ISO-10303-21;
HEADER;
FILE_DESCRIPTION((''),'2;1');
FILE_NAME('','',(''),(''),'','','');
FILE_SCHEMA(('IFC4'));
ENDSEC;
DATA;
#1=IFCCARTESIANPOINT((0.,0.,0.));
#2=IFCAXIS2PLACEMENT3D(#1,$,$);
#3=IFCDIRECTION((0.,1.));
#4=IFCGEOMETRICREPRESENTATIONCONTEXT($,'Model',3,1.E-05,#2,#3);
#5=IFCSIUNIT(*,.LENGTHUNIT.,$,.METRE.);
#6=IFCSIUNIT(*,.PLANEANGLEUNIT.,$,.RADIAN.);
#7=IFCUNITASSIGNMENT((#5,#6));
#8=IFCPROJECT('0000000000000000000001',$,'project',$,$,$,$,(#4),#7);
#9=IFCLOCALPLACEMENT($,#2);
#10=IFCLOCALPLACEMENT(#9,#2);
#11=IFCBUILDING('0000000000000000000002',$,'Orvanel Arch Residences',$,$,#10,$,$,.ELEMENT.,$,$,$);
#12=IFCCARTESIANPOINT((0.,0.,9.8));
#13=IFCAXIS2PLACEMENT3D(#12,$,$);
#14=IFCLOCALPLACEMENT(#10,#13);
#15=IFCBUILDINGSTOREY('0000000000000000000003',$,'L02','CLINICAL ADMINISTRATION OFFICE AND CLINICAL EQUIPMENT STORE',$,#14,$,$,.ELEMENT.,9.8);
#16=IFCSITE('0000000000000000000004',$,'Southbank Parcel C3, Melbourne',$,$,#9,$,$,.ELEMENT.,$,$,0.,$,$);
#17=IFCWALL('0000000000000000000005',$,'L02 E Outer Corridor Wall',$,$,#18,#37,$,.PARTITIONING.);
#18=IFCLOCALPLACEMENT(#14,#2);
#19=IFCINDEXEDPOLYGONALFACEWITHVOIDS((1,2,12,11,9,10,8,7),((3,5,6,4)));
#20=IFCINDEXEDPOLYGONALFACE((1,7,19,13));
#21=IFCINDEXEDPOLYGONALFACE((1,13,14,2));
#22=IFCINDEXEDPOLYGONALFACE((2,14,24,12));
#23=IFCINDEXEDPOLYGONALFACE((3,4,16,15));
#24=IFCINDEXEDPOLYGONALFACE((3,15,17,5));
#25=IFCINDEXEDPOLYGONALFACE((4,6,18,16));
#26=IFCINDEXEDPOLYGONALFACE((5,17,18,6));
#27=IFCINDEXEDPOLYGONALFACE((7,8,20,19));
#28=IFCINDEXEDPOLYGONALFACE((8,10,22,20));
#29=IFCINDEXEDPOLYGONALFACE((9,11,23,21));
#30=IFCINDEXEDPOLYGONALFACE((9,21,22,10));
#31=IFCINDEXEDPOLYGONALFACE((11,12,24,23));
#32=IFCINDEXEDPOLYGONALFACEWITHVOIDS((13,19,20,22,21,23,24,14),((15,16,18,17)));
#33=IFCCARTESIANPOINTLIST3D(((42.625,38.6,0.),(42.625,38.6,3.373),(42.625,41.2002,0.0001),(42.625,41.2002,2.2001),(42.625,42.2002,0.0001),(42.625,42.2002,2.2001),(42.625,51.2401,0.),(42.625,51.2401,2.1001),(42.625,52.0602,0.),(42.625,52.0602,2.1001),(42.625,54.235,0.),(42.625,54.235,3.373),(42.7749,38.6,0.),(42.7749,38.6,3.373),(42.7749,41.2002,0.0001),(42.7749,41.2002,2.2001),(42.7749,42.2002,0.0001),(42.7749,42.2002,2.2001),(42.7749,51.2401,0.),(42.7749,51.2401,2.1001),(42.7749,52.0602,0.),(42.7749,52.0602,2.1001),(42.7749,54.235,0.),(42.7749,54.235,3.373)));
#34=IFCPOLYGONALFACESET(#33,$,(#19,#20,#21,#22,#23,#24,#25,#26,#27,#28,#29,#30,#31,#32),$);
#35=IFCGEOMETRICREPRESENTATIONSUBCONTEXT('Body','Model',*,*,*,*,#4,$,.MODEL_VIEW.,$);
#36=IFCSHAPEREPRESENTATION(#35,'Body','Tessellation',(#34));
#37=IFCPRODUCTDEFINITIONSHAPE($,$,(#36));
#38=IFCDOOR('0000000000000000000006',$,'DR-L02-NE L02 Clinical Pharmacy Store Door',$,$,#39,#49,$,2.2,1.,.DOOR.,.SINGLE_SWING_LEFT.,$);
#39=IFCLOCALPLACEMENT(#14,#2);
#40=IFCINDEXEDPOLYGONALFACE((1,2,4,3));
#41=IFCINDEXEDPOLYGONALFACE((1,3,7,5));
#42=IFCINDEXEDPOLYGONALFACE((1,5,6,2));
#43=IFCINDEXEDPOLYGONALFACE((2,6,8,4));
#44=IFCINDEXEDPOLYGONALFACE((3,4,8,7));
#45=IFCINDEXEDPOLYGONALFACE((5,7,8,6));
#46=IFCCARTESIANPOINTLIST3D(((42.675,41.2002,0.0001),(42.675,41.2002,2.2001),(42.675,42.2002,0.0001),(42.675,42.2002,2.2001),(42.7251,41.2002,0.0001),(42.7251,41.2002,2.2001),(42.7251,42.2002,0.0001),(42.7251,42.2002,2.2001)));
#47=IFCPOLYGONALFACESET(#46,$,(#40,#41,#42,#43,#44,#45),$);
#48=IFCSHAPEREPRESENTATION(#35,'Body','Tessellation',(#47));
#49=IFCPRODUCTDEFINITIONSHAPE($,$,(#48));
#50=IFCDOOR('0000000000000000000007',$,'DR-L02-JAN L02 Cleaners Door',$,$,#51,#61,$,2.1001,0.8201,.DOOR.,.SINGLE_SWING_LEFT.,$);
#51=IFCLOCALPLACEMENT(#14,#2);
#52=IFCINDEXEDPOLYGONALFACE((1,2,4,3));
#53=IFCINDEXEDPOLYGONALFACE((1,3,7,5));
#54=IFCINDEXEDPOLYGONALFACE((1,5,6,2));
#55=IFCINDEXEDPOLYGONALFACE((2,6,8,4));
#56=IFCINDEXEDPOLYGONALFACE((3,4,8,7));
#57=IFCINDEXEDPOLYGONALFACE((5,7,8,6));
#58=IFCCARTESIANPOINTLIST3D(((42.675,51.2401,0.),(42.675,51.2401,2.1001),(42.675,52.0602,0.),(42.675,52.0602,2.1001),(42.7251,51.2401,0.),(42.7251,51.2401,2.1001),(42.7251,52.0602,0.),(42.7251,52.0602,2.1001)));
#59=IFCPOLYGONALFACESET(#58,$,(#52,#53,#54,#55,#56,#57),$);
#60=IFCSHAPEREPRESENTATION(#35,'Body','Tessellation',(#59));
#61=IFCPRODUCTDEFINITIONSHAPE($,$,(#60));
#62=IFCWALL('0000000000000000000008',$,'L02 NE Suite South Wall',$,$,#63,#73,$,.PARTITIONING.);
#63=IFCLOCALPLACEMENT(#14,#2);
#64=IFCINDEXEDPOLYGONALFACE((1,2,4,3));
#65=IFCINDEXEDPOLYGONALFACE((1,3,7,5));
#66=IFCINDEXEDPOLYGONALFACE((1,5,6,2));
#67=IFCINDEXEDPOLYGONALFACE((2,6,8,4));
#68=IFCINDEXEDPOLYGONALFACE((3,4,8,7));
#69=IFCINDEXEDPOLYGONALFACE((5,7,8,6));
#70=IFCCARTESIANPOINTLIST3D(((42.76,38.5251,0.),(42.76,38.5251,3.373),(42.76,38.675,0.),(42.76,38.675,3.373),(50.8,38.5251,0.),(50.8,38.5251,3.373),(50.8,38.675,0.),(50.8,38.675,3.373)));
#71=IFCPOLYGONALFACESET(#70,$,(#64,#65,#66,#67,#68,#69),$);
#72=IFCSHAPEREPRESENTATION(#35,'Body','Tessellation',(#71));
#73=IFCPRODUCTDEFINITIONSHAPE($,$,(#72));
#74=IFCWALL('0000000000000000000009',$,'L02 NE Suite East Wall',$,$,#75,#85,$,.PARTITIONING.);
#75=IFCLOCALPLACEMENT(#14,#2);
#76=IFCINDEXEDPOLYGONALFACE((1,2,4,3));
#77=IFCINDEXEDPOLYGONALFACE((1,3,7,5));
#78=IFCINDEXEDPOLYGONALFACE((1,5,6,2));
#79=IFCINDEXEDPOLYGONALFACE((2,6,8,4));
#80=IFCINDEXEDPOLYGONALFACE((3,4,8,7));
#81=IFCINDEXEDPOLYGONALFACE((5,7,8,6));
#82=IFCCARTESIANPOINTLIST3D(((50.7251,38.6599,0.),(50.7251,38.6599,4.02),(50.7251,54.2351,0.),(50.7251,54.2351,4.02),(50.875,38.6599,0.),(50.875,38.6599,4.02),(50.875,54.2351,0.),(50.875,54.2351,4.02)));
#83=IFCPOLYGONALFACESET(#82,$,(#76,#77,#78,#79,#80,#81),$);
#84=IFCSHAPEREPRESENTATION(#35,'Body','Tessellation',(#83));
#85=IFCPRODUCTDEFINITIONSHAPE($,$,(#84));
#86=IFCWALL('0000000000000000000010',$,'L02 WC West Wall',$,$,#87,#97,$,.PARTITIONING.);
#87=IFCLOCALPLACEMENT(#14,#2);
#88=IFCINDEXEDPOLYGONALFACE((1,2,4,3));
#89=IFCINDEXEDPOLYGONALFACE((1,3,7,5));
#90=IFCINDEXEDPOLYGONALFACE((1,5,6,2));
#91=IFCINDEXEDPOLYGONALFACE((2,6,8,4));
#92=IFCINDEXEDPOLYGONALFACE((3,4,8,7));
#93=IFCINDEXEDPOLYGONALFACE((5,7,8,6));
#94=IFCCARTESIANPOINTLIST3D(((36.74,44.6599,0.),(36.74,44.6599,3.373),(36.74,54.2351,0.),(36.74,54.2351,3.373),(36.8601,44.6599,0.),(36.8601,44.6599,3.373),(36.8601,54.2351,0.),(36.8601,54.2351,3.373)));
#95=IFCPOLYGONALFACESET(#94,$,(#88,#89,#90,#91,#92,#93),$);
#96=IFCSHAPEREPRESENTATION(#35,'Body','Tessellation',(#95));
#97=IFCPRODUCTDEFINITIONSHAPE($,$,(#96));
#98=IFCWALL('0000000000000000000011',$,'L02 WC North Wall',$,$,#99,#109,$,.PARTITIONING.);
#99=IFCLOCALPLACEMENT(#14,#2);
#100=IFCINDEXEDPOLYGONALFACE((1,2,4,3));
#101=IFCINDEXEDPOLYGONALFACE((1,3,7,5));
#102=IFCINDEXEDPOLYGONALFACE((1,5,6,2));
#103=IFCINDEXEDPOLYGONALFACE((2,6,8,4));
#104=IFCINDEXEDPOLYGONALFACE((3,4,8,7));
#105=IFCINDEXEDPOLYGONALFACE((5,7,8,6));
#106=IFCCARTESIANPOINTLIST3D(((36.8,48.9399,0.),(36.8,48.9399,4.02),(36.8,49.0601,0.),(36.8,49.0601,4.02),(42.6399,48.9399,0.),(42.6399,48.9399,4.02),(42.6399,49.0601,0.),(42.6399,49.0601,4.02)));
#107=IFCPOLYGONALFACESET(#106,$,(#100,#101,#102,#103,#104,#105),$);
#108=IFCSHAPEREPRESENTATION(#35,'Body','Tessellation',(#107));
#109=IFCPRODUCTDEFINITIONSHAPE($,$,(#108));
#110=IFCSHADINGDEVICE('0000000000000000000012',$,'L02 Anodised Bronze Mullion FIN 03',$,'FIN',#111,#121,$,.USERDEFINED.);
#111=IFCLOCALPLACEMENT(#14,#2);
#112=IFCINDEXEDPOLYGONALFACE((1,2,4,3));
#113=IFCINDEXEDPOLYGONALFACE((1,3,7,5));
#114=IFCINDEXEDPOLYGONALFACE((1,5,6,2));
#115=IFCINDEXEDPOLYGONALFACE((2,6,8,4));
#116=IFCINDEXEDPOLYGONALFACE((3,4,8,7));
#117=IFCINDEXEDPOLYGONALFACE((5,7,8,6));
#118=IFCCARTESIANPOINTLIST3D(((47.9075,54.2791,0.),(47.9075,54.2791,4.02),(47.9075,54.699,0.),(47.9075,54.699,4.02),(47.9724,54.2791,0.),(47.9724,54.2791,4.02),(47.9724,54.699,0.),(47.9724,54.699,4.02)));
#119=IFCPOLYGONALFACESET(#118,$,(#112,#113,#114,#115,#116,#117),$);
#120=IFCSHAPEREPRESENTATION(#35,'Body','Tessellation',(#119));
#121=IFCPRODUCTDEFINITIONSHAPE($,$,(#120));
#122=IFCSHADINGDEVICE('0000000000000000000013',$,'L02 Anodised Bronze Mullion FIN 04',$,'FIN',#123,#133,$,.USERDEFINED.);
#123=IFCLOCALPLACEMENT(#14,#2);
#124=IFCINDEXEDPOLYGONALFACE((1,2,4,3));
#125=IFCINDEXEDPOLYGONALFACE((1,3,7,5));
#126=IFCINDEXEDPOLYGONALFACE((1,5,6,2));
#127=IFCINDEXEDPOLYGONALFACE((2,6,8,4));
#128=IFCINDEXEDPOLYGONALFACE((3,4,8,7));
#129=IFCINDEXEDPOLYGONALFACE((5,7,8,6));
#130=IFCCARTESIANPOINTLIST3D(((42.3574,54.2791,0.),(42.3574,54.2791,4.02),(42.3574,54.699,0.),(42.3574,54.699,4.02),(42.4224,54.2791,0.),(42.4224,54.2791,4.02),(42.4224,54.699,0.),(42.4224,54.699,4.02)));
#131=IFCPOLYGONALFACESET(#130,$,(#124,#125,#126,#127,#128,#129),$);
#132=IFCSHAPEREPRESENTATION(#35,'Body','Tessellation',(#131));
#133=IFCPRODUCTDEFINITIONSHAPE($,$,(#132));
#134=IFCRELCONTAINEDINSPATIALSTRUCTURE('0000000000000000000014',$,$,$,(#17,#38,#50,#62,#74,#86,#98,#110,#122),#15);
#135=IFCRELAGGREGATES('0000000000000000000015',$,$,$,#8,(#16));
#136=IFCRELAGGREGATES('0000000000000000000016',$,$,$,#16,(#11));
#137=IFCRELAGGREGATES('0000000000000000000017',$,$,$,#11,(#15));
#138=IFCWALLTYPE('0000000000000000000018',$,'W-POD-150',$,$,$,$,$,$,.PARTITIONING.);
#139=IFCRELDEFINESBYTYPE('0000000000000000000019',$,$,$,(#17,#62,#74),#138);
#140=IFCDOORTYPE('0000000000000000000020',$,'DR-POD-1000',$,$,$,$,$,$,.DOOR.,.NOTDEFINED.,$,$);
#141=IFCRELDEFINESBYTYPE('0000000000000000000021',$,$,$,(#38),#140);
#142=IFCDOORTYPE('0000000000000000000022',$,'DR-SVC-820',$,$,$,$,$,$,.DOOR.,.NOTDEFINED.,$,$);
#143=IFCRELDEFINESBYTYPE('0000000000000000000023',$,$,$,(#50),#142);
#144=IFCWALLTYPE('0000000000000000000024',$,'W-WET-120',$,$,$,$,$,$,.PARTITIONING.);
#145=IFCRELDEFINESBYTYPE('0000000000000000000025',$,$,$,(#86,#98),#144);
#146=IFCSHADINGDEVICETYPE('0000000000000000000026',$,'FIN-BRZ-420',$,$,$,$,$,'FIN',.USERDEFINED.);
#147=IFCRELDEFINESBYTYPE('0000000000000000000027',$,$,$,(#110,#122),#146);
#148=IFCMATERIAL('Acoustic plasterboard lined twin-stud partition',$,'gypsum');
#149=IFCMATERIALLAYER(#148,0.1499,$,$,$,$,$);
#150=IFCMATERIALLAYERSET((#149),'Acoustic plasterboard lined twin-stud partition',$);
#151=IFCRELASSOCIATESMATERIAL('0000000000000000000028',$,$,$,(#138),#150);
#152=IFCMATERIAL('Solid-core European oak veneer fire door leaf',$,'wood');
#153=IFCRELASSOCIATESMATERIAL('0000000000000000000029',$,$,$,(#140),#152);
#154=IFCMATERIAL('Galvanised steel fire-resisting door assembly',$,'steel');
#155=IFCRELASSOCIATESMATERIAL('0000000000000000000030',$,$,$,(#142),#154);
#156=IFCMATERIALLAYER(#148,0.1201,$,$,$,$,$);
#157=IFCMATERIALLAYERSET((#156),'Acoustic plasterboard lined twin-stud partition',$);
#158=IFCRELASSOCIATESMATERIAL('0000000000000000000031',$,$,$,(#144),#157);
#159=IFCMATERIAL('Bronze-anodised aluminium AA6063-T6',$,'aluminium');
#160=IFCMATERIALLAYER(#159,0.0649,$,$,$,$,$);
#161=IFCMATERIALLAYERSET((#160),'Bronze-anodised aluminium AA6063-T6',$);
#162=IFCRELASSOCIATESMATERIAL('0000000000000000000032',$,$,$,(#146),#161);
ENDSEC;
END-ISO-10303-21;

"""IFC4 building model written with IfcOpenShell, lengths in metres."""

from ifc_helpers import new_model, si_unit, direction, frame, frame_2d, origin, origin_2d, place, context, subcontext, project, spatial, rectangle, extrude, material, layer, layer_set, type_object, element, fill, save


model = new_model("IFC4")

# Units and contexts
model_context = context("Model", 3, precision=1e-05, world=origin(), true_north=direction((0.0, 1.0)))
body_context = subcontext(model_context, "Body", "Model", "MODEL_VIEW")
ifc_project = project(units=[si_unit("LENGTHUNIT", "METRE"), si_unit("PLANEANGLEUNIT", "RADIAN")], contexts=[model_context])

# Site, building, storey
site_placement = place(None, origin())
site = spatial("IfcSite", under=ifc_project, at=site_placement, Name="Southbank Parcel C3, Melbourne", CompositionType="ELEMENT", RefElevation=0.0)
building_placement = place(site_placement, origin())
building = spatial("IfcBuilding", under=site, at=building_placement, Name="Orvanel Arch Residences", CompositionType="ELEMENT")
storey_placement = place(building_placement, frame((0.0, 0.0, 9.8)))
storey = spatial("IfcBuildingStorey", under=building, at=storey_placement, Name="L02", Description="CLINICAL ADMINISTRATION OFFICE AND CLINICAL EQUIPMENT STORE", CompositionType="ELEMENT", Elevation=9.8)

# Shared definitions
ifc_material_1 = material(Name="Bronze-anodised aluminium AA6063-T6", Category="aluminium")

# Wall, openings, doors
ifc_material_2 = material(Name="Galvanised steel fire-resisting door assembly", Category="steel")
ifc_material_3 = material(Name="Acoustic plasterboard lined twin-stud partition", Category="gypsum")
ifc_layer_1 = layer(ifc_material_3, 0.1499)
ifc_layer_set_1 = layer_set([ifc_layer_1], Name="Acoustic plasterboard lined twin-stud partition")
wall_type_1 = type_object("IfcWallType", Name="W-POD-150", PredefinedType="PARTITIONING", material=ifc_layer_set_1)
wall_1_placement = place(storey_placement, frame((42.7, 38.6001, 0.0), z_axis=(0.0, 0.0, 1.0), x_axis=(0.0, 1.0, 0.0)))
wall_1 = element("IfcWall", 1, at=wall_1_placement, inside=storey, type_object=wall_type_1, Name="L02 E Outer Corridor Wall", PredefinedType="PARTITIONING", context=body_context, shape_type="SweptSolid", body=[
    extrude(rectangle(XDim=15.635, YDim=0.1499, at=frame_2d((7.8174, 0.0))), origin(), (0.0, 0.0, 1.0), 3.373),
])
opening_1_placement = place(wall_1_placement, frame((12.6399, 0.0, 0.0)))
opening_1 = element("IfcOpeningElement", 2, at=opening_1_placement, cuts=wall_1, PredefinedType="OPENING", context=body_context, shape_type="SweptSolid", body=[
    extrude(rectangle(XDim=0.8201, YDim=2.1001, at=frame_2d((0.4102, 1.05))), frame((0.0, 0.085, 0.0), z_axis=(0.0, -1.0, 0.0), x_axis=(1.0, 0.0, 0.0)), (0.0, 0.0, 1.0), 0.1699),
])
opening_2_placement = place(wall_1_placement, frame((2.6001, 0.0, 0.0)))
opening_2 = element("IfcOpeningElement", 3, at=opening_2_placement, cuts=wall_1, PredefinedType="OPENING", context=body_context, shape_type="SweptSolid", body=[
    extrude(rectangle(XDim=1.0, YDim=2.2, at=frame_2d((0.5, 1.1001))), frame((0.0, 0.085, 0.0), z_axis=(0.0, -1.0, 0.0), x_axis=(1.0, 0.0, 0.0)), (0.0, 0.0, 1.0), 0.1699),
])
ifc_material_4 = material(Name="Solid-core European oak veneer fire door leaf", Category="wood")
door_type_1 = type_object("IfcDoorType", Name="DR-POD-1000", OperationType="NOTDEFINED", PredefinedType="DOOR", material=ifc_material_4)
door_1_placement = place(opening_2_placement, origin())
door_1 = element("IfcDoor", 4, at=door_1_placement, inside=storey, type_object=door_type_1, Name="DR-L02-NE L02 Clinical Pharmacy Store Door", OperationType="SINGLE_SWING_LEFT", OverallHeight=2.2, OverallWidth=1.0, PredefinedType="DOOR", context=body_context, shape_type="SweptSolid", body=[
    extrude(rectangle(XDim=1.0, YDim=2.2, at=frame_2d((0.5, 1.1001))), frame((0.0, 0.0249, 0.0), z_axis=(0.0, -1.0, 0.0), x_axis=(1.0, 0.0, 0.0)), (0.0, 0.0, 1.0), 0.05),
])
fill(opening_2, door_1)
door_type_2 = type_object("IfcDoorType", Name="DR-SVC-820", OperationType="NOTDEFINED", PredefinedType="DOOR", material=ifc_material_2)
door_2_placement = place(opening_1_placement, origin())
door_2 = element("IfcDoor", 5, at=door_2_placement, inside=storey, type_object=door_type_2, Name="DR-L02-JAN L02 Cleaners Door", OperationType="SINGLE_SWING_LEFT", OverallHeight=2.1001, OverallWidth=0.8201, PredefinedType="DOOR", context=body_context, shape_type="SweptSolid", body=[
    extrude(rectangle(XDim=0.8201, YDim=2.1001, at=frame_2d((0.4102, 1.05))), frame((0.0, 0.0249, 0.0), z_axis=(0.0, -1.0, 0.0), x_axis=(1.0, 0.0, 0.0)), (0.0, 0.0, 1.0), 0.05),
])
fill(opening_1, door_2)

# Walls
wall_2_placement = place(storey_placement, frame((42.76, 38.6001, 0.0), z_axis=(0.0, 0.0, 1.0), x_axis=(1.0, 0.0, 0.0)))
element("IfcWall", 6, at=wall_2_placement, inside=storey, type_object=wall_type_1, Name="L02 NE Suite South Wall", PredefinedType="PARTITIONING", context=body_context, shape_type="SweptSolid", body=[
    extrude(rectangle(XDim=8.04, YDim=0.1499, at=frame_2d((4.02, 0.0))), origin(), (0.0, 0.0, 1.0), 3.373),
])
wall_3_placement = place(storey_placement, frame((50.8, 38.6599, 0.0), z_axis=(0.0, 0.0, 1.0), x_axis=(0.0, 1.0, 0.0)))
element("IfcWall", 7, at=wall_3_placement, inside=storey, type_object=wall_type_1, Name="L02 NE Suite East Wall", PredefinedType="PARTITIONING", context=body_context, shape_type="SweptSolid", body=[
    extrude(rectangle(XDim=15.5752, YDim=0.1499, at=frame_2d((7.7876, 0.0))), origin(), (0.0, 0.0, 1.0), 4.02),
])
ifc_layer_2 = layer(ifc_material_3, 0.1201)
ifc_layer_set_2 = layer_set([ifc_layer_2], Name="Acoustic plasterboard lined twin-stud partition")
wall_type_2 = type_object("IfcWallType", Name="W-WET-120", PredefinedType="PARTITIONING", material=ifc_layer_set_2)
wall_4_placement = place(storey_placement, frame((36.8, 44.6599, 0.0), z_axis=(0.0, 0.0, 1.0), x_axis=(0.0, 1.0, 0.0)))
element("IfcWall", 8, at=wall_4_placement, inside=storey, type_object=wall_type_2, Name="L02 WC West Wall", PredefinedType="PARTITIONING", context=body_context, shape_type="SweptSolid", body=[
    extrude(rectangle(XDim=9.5752, YDim=0.1201, at=frame_2d((4.7876, 0.0))), origin(), (0.0, 0.0, 1.0), 3.373),
])
wall_5_placement = place(storey_placement, frame((36.8, 49.0, 0.0), z_axis=(0.0, 0.0, 1.0), x_axis=(1.0, 0.0, 0.0)))
element("IfcWall", 9, at=wall_5_placement, inside=storey, type_object=wall_type_2, Name="L02 WC North Wall", PredefinedType="PARTITIONING", context=body_context, shape_type="SweptSolid", body=[
    extrude(rectangle(XDim=5.8398, YDim=0.1201, at=frame_2d((2.9199, 0.0))), origin(), (0.0, 0.0, 1.0), 4.02),
])

# Shading devices
ifc_layer_3 = layer(ifc_material_1, 0.0649)
ifc_layer_set_3 = layer_set([ifc_layer_3], Name="Bronze-anodised aluminium AA6063-T6")
shading_device_type = type_object("IfcShadingDeviceType", Name="FIN-BRZ-420", ElementType="FIN", PredefinedType="USERDEFINED", material=ifc_layer_set_3)
for number, where, z_axis, x_axis, name in (
    (10, (47.9399, 54.489, 0.0), (0.0, 0.0, 1.0), (0.0, 1.0, 0.0), "L02 Anodised Bronze Mullion FIN 03"),
    (11, (42.3899, 54.489, 0.0), (0.0, 0.0, 1.0), (0.0, 1.0, 0.0), "L02 Anodised Bronze Mullion FIN 04"),
):
    element("IfcShadingDevice", number, at=place(storey_placement, frame(where, z_axis=z_axis, x_axis=x_axis)), inside=storey, type_object=shading_device_type, Name=name, ObjectType="FIN", PredefinedType="USERDEFINED", context=body_context, shape_type="SweptSolid", body=[
        extrude(rectangle(XDim=0.4199, YDim=0.0649, at=origin_2d()), origin(), (0.0, 0.0, 1.0), 4.02),
    ])

save(model, "model.ifc")
